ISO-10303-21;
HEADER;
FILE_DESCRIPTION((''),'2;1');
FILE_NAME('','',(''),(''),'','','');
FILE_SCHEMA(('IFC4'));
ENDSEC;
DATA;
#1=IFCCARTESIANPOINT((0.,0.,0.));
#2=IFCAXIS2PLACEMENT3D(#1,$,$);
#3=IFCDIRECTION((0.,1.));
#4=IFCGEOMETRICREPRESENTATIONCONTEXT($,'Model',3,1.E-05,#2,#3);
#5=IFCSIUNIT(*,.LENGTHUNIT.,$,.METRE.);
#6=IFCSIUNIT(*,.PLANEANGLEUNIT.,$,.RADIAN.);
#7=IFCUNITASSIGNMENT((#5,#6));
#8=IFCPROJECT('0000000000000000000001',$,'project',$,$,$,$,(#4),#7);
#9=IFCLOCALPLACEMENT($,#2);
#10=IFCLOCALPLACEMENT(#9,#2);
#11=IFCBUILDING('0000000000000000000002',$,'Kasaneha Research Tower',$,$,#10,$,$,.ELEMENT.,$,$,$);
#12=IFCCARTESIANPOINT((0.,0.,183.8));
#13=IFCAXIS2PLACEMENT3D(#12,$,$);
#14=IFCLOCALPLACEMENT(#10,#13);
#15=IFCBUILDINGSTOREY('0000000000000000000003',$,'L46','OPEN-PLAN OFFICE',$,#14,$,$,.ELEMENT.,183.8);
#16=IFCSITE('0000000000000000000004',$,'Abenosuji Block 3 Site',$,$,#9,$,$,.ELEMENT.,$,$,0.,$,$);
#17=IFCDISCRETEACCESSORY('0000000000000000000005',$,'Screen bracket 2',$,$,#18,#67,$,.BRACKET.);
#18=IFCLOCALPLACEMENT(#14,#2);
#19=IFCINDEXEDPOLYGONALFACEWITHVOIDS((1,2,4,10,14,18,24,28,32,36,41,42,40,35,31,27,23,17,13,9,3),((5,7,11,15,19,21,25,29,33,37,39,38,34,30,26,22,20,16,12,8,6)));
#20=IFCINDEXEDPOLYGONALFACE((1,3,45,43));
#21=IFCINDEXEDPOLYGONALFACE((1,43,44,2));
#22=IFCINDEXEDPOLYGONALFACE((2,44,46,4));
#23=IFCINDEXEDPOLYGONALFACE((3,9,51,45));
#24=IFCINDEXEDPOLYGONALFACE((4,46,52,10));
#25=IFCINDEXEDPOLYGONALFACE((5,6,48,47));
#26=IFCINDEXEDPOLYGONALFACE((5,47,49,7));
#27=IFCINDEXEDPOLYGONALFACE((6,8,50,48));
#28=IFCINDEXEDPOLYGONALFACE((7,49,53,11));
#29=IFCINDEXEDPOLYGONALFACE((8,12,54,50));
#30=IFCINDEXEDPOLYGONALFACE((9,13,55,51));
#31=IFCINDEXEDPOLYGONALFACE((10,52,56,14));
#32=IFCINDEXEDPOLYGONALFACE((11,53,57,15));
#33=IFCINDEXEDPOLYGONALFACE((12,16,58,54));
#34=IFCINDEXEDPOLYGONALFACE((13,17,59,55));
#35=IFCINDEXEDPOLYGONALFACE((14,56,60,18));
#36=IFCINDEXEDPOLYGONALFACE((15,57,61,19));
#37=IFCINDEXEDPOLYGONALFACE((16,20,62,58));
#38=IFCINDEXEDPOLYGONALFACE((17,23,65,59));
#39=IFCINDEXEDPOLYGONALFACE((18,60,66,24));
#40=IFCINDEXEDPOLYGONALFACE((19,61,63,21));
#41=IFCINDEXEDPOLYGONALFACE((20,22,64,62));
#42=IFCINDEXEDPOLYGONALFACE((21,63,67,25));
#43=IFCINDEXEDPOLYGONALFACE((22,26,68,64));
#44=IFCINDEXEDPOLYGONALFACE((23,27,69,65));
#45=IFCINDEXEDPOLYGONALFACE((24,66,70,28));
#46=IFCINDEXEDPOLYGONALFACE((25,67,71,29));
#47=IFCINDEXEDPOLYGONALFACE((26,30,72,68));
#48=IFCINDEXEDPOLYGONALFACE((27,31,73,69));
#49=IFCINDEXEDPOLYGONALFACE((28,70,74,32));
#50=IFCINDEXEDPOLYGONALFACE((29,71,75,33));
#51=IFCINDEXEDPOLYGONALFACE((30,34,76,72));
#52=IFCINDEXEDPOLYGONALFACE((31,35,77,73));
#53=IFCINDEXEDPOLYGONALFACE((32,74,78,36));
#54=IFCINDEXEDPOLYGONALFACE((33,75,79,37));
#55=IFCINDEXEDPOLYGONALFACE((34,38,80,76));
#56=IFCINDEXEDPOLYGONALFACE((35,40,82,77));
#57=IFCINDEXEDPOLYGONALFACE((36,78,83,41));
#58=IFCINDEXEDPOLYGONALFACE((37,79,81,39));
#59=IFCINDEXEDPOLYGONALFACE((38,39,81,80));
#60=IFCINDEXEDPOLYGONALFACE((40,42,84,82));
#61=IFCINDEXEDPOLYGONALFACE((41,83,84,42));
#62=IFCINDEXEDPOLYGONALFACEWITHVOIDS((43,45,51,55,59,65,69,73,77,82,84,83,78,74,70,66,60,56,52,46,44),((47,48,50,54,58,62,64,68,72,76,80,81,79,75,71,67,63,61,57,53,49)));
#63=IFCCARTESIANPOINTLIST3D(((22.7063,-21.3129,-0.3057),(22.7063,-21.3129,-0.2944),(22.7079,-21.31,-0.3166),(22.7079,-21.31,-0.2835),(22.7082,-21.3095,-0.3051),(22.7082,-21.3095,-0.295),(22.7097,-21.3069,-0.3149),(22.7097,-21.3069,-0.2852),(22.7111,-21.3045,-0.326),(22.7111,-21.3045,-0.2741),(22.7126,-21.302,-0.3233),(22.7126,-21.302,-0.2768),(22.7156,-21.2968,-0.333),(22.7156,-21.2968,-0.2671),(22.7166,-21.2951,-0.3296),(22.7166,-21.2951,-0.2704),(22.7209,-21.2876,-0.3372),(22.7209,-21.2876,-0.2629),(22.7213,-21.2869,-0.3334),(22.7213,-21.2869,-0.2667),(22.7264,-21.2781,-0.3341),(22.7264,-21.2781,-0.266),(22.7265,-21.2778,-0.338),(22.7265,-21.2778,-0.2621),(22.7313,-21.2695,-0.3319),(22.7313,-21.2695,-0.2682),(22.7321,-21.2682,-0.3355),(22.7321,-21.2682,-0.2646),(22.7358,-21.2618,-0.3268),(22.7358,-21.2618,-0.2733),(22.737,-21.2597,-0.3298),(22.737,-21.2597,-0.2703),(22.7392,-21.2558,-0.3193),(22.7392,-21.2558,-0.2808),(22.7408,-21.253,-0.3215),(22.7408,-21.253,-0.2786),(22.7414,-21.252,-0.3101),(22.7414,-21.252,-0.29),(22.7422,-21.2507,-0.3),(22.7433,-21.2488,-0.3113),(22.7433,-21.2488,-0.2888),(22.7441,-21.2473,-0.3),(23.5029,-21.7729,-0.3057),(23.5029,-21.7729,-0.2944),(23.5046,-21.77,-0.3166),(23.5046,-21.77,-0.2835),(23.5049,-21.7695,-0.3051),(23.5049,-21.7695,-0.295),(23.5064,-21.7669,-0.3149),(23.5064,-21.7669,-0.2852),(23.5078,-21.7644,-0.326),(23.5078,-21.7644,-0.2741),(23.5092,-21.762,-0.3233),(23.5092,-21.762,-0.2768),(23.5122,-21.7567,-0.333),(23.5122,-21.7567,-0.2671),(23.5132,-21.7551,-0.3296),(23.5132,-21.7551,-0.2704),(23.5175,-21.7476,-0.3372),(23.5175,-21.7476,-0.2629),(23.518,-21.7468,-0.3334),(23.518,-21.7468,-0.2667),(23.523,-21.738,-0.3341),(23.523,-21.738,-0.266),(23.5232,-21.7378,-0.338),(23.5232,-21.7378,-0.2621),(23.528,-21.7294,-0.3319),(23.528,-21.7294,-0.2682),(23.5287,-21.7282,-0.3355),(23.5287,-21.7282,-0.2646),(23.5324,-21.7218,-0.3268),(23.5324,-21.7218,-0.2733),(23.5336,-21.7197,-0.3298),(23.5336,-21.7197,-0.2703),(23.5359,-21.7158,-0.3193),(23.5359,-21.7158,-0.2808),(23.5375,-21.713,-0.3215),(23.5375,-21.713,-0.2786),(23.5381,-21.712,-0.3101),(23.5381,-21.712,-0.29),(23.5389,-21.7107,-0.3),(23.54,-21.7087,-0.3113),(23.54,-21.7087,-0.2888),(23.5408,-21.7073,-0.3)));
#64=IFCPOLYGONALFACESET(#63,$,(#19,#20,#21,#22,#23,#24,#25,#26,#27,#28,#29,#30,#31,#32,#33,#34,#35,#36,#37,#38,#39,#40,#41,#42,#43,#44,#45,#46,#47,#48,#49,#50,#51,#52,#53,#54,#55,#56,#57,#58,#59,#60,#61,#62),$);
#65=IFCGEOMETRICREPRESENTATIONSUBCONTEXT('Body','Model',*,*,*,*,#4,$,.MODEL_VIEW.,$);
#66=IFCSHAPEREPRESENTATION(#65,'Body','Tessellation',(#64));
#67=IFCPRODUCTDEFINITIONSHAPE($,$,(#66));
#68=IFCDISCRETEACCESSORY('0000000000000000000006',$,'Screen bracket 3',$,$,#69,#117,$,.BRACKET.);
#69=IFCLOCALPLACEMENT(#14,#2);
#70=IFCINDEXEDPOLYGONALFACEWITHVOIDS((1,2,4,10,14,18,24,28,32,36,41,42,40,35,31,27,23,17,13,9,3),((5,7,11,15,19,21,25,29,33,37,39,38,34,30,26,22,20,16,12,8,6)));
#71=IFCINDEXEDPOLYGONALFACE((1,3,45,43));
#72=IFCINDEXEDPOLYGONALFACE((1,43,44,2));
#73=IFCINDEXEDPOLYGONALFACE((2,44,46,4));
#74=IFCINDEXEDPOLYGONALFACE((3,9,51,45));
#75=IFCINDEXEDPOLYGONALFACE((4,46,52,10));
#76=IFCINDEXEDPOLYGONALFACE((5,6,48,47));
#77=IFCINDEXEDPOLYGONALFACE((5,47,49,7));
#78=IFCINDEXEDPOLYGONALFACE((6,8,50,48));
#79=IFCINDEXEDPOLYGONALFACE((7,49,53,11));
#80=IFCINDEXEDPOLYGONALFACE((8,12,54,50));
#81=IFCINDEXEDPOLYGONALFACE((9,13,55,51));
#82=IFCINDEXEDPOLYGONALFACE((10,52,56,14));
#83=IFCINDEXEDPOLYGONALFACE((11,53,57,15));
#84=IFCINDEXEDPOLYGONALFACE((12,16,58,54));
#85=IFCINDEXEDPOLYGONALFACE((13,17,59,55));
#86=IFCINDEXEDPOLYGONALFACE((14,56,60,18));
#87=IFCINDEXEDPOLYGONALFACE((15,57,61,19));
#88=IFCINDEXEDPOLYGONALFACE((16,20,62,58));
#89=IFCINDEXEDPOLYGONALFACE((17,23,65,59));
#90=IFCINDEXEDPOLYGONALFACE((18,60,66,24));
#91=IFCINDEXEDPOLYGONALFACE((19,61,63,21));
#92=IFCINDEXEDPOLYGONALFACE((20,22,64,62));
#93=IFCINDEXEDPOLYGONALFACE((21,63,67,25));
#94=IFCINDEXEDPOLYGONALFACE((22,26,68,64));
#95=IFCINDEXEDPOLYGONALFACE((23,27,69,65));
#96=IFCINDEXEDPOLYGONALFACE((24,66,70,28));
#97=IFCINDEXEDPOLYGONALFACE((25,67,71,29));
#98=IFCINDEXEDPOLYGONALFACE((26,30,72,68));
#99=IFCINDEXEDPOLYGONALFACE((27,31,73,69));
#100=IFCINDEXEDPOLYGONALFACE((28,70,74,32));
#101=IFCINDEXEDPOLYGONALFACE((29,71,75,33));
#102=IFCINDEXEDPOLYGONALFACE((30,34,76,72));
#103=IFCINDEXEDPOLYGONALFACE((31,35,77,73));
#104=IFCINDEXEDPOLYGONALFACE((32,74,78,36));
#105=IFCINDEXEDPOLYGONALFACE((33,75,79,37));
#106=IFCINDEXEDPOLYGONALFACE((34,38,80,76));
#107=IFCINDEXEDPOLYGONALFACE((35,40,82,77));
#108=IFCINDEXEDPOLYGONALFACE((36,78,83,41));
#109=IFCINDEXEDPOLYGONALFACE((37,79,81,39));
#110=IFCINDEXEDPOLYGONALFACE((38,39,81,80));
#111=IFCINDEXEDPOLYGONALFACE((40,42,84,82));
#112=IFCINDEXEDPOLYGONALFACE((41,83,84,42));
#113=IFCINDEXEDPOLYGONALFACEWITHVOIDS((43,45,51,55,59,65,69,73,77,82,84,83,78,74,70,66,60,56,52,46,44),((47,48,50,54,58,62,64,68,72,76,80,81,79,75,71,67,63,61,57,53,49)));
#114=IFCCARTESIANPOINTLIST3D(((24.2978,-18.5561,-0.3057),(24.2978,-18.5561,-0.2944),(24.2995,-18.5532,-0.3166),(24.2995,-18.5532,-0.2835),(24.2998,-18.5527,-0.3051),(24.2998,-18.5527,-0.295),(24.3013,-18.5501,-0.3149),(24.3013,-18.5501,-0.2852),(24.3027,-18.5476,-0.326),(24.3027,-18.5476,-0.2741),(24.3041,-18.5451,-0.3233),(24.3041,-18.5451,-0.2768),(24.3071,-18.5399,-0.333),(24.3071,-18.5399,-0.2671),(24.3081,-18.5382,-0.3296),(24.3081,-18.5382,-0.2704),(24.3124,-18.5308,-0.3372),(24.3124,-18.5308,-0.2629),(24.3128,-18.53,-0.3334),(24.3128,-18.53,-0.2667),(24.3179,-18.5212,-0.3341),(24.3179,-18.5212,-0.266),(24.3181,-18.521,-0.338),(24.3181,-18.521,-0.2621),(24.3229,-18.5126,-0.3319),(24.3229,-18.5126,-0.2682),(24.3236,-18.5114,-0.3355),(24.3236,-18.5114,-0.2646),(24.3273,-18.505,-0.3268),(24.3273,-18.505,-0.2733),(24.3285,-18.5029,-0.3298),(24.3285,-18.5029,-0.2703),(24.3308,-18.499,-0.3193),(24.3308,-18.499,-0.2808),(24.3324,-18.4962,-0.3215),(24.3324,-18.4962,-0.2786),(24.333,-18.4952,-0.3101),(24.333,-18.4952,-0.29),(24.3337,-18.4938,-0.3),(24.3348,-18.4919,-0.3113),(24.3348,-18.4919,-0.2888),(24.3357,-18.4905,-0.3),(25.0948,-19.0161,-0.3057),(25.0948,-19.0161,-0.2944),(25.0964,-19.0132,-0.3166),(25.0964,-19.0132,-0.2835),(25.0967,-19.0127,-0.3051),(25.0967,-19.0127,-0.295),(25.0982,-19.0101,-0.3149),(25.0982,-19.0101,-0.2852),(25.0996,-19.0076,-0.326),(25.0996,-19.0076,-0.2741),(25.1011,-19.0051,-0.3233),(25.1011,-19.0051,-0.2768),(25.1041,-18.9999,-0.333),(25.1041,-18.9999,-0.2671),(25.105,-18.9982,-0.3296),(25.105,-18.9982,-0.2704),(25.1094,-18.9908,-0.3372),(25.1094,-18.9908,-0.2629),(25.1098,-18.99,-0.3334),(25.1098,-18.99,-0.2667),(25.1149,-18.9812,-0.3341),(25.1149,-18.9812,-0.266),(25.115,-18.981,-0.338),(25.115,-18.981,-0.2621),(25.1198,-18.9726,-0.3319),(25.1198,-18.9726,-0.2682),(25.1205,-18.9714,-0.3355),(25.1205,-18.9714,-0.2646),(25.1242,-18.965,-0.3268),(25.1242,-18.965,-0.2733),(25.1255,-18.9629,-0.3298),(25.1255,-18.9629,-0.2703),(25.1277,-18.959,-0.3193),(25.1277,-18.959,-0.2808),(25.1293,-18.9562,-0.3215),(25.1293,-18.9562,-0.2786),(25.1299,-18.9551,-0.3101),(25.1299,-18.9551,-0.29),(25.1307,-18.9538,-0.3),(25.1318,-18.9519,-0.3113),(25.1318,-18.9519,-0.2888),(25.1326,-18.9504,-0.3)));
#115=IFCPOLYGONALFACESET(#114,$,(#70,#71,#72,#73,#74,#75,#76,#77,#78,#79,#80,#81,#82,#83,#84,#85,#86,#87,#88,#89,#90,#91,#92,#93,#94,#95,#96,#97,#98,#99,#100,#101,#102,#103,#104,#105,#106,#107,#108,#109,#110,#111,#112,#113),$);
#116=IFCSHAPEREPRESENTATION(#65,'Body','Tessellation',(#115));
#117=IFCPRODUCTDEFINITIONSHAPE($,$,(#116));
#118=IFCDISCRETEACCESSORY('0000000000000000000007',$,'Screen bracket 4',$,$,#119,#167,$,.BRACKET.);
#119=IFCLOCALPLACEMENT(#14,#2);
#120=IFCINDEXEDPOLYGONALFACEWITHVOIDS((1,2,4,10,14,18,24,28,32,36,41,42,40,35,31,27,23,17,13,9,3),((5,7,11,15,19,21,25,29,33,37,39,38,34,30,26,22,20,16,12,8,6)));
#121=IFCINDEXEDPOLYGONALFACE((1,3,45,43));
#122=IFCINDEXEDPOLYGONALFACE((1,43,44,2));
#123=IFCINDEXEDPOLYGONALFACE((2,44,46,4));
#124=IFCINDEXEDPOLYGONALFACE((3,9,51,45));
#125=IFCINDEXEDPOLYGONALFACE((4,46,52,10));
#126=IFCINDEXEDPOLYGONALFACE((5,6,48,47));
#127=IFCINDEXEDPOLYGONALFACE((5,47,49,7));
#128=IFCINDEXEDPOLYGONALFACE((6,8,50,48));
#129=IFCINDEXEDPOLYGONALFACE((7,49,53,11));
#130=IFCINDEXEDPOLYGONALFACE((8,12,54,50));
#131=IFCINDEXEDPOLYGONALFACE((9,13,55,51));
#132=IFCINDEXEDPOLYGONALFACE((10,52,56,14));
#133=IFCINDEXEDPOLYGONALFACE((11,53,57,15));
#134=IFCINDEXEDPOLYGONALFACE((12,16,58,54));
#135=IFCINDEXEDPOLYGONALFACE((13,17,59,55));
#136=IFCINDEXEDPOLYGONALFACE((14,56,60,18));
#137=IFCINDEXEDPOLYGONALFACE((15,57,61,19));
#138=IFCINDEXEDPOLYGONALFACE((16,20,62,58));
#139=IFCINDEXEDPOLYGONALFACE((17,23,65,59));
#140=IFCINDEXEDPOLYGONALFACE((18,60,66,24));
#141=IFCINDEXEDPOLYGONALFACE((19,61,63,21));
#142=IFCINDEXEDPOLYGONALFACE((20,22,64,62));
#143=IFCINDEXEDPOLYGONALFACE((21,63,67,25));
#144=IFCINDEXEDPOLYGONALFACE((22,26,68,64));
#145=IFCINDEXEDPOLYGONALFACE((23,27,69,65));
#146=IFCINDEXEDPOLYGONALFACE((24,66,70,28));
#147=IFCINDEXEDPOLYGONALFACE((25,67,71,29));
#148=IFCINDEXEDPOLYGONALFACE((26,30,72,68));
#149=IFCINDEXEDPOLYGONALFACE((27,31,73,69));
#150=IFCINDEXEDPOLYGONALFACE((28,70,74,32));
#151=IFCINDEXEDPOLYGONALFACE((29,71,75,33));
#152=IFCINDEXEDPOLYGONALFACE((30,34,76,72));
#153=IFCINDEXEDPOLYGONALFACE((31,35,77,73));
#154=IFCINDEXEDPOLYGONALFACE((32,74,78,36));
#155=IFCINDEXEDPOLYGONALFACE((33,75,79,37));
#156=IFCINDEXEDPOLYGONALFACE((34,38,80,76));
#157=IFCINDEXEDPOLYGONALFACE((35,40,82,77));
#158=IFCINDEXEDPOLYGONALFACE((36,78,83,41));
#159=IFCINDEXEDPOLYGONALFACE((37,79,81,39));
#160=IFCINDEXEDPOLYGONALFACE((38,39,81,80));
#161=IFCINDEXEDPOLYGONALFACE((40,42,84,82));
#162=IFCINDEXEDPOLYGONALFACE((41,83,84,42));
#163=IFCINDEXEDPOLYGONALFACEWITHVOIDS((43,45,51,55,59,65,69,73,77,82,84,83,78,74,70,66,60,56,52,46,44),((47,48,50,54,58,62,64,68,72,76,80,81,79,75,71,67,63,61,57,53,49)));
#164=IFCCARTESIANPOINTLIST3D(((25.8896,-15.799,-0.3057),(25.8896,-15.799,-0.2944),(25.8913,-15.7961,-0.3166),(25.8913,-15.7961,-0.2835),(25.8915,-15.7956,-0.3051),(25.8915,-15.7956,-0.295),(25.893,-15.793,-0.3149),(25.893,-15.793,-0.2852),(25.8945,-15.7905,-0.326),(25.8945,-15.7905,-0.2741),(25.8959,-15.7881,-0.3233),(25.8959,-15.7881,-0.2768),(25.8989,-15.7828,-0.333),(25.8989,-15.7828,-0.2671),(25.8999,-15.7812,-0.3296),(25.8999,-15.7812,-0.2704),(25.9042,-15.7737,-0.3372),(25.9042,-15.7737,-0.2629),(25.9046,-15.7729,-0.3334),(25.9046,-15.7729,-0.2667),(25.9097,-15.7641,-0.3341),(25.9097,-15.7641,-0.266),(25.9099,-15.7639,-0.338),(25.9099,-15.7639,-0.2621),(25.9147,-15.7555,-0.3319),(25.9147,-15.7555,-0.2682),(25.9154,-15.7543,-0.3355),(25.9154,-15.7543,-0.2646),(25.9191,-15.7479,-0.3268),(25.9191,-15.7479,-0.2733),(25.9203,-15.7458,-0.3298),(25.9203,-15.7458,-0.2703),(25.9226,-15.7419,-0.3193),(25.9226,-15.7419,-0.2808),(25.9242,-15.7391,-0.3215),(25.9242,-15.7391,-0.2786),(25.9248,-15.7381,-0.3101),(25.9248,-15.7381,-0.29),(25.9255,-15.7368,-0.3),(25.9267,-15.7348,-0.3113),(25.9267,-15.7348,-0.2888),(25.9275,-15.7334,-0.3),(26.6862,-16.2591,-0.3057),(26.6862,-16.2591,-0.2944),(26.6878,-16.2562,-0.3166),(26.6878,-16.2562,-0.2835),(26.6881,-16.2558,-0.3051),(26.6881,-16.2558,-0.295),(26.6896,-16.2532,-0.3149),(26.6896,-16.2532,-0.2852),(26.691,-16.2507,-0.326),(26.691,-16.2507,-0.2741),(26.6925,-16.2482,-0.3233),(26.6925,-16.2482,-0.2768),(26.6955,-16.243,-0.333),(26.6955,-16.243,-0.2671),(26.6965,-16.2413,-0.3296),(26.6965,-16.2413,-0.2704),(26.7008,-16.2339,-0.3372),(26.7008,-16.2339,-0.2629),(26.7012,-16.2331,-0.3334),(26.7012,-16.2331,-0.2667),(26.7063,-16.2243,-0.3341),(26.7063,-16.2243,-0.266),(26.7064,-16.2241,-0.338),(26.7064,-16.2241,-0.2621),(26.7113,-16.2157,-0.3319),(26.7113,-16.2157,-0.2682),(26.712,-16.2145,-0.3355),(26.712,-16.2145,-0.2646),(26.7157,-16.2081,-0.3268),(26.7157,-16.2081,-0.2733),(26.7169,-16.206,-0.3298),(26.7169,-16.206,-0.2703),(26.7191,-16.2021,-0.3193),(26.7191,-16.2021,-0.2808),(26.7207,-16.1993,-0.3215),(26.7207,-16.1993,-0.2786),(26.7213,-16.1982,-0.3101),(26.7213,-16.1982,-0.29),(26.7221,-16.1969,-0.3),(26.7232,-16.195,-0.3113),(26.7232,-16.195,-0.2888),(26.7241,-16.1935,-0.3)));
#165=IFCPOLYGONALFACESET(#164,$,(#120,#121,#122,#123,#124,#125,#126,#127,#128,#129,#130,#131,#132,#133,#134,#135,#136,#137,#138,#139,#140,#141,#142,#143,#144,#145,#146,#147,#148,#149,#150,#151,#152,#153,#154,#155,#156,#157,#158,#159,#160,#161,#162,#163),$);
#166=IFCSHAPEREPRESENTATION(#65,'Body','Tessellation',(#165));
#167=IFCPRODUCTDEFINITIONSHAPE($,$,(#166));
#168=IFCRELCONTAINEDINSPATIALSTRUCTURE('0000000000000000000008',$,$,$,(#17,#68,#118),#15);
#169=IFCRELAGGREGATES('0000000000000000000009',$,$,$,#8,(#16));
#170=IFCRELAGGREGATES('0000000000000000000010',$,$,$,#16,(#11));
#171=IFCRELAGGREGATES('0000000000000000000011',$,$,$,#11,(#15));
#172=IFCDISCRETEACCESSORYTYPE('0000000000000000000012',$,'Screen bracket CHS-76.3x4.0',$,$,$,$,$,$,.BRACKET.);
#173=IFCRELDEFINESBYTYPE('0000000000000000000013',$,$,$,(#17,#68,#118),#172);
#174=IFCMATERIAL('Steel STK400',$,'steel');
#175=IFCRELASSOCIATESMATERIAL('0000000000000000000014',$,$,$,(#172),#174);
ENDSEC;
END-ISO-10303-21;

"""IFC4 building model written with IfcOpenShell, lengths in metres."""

from ifc_helpers import new_model, si_unit, direction, frame, origin, origin_2d, place, context, subcontext, project, spatial, hollow_circle, extrude, material, material_profile, profile_set, type_object, element, save


model = new_model("IFC4")

# Units and contexts
model_context = context("Model", 3, precision=1e-05, world=origin(), true_north=direction((0.0, 1.0)))
body_context = subcontext(model_context, "Body", "Model", "MODEL_VIEW")
ifc_project = project(units=[si_unit("LENGTHUNIT", "METRE"), si_unit("PLANEANGLEUNIT", "RADIAN")], contexts=[model_context])

# Site, building, storey
site_placement = place(None, origin())
site = spatial("IfcSite", under=ifc_project, at=site_placement, Name="Abenosuji Block 3 Site", CompositionType="ELEMENT", RefElevation=0.0)
building_placement = place(site_placement, origin())
building = spatial("IfcBuilding", under=site, at=building_placement, Name="Kasaneha Research Tower", CompositionType="ELEMENT")
storey_placement = place(building_placement, frame((0.0, 0.0, 183.8)))
storey = spatial("IfcBuildingStorey", under=building, at=storey_placement, Name="L46", Description="OPEN-PLAN OFFICE", CompositionType="ELEMENT", Elevation=183.8)

# Discrete accessories
ifc_material_1 = material(Name="Steel STK400", Category="steel")
ifc_material_profile_1 = material_profile(ifc_material_1, hollow_circle(Radius=0.0381, WallThickness=0.0039, at=origin_2d()), Name="CHS-76.3x4.0")
ifc_profile_set_1 = profile_set([ifc_material_profile_1], Name="Steel STK400")
discrete_accessory_type = type_object("IfcDiscreteAccessoryType", Name="Screen bracket CHS-76.3x4.0", PredefinedType="BRACKET", material=ifc_profile_set_1)
discrete_accessory_1_placement = place(storey_placement, frame((22.7251, -21.2803, -0.3), z_axis=(0.866013, -0.500021, 0.0), x_axis=(0.500021, 0.866013, 0.0)))
element("IfcDiscreteAccessory", 1, at=discrete_accessory_1_placement, inside=storey, type_object=discrete_accessory_type, Name="Screen bracket 2", PredefinedType="BRACKET", context=body_context, shape_type="SweptSolid", body=[
    extrude(hollow_circle(Radius=0.0381, WallThickness=0.0039, at=origin_2d()), origin(), (0.0, 0.0, 1.0), 0.9199),
])
discrete_accessory_2_placement = place(storey_placement, frame((24.3167, -18.5234, -0.3), z_axis=(0.86608, -0.499906, 0.0), x_axis=(0.499906, 0.86608, 0.0)))
element("IfcDiscreteAccessory", 2, at=discrete_accessory_2_placement, inside=storey, type_object=discrete_accessory_type, Name="Screen bracket 3", PredefinedType="BRACKET", context=body_context, shape_type="SweptSolid", body=[
    extrude(hollow_circle(Radius=0.0381, WallThickness=0.0039, at=origin_2d()), origin(), (0.0, 0.0, 1.0), 0.9202),
])
for number, where, z_axis, x_axis, name in (
    (3, (25.9084, -15.7664, -0.3), (0.865898, -0.50022, 0.0), (0.50022, 0.865898, 0.0), "Screen bracket 4"),
):
    element("IfcDiscreteAccessory", number, at=place(storey_placement, frame(where, z_axis=z_axis, x_axis=x_axis)), inside=storey, type_object=discrete_accessory_type, Name=name, PredefinedType="BRACKET", context=body_context, shape_type="SweptSolid", body=[
        extrude(hollow_circle(Radius=0.0381, WallThickness=0.0039, at=origin_2d()), origin(), (0.0, 0.0, 1.0), 0.9199),
    ])

save(model, "model.ifc")
